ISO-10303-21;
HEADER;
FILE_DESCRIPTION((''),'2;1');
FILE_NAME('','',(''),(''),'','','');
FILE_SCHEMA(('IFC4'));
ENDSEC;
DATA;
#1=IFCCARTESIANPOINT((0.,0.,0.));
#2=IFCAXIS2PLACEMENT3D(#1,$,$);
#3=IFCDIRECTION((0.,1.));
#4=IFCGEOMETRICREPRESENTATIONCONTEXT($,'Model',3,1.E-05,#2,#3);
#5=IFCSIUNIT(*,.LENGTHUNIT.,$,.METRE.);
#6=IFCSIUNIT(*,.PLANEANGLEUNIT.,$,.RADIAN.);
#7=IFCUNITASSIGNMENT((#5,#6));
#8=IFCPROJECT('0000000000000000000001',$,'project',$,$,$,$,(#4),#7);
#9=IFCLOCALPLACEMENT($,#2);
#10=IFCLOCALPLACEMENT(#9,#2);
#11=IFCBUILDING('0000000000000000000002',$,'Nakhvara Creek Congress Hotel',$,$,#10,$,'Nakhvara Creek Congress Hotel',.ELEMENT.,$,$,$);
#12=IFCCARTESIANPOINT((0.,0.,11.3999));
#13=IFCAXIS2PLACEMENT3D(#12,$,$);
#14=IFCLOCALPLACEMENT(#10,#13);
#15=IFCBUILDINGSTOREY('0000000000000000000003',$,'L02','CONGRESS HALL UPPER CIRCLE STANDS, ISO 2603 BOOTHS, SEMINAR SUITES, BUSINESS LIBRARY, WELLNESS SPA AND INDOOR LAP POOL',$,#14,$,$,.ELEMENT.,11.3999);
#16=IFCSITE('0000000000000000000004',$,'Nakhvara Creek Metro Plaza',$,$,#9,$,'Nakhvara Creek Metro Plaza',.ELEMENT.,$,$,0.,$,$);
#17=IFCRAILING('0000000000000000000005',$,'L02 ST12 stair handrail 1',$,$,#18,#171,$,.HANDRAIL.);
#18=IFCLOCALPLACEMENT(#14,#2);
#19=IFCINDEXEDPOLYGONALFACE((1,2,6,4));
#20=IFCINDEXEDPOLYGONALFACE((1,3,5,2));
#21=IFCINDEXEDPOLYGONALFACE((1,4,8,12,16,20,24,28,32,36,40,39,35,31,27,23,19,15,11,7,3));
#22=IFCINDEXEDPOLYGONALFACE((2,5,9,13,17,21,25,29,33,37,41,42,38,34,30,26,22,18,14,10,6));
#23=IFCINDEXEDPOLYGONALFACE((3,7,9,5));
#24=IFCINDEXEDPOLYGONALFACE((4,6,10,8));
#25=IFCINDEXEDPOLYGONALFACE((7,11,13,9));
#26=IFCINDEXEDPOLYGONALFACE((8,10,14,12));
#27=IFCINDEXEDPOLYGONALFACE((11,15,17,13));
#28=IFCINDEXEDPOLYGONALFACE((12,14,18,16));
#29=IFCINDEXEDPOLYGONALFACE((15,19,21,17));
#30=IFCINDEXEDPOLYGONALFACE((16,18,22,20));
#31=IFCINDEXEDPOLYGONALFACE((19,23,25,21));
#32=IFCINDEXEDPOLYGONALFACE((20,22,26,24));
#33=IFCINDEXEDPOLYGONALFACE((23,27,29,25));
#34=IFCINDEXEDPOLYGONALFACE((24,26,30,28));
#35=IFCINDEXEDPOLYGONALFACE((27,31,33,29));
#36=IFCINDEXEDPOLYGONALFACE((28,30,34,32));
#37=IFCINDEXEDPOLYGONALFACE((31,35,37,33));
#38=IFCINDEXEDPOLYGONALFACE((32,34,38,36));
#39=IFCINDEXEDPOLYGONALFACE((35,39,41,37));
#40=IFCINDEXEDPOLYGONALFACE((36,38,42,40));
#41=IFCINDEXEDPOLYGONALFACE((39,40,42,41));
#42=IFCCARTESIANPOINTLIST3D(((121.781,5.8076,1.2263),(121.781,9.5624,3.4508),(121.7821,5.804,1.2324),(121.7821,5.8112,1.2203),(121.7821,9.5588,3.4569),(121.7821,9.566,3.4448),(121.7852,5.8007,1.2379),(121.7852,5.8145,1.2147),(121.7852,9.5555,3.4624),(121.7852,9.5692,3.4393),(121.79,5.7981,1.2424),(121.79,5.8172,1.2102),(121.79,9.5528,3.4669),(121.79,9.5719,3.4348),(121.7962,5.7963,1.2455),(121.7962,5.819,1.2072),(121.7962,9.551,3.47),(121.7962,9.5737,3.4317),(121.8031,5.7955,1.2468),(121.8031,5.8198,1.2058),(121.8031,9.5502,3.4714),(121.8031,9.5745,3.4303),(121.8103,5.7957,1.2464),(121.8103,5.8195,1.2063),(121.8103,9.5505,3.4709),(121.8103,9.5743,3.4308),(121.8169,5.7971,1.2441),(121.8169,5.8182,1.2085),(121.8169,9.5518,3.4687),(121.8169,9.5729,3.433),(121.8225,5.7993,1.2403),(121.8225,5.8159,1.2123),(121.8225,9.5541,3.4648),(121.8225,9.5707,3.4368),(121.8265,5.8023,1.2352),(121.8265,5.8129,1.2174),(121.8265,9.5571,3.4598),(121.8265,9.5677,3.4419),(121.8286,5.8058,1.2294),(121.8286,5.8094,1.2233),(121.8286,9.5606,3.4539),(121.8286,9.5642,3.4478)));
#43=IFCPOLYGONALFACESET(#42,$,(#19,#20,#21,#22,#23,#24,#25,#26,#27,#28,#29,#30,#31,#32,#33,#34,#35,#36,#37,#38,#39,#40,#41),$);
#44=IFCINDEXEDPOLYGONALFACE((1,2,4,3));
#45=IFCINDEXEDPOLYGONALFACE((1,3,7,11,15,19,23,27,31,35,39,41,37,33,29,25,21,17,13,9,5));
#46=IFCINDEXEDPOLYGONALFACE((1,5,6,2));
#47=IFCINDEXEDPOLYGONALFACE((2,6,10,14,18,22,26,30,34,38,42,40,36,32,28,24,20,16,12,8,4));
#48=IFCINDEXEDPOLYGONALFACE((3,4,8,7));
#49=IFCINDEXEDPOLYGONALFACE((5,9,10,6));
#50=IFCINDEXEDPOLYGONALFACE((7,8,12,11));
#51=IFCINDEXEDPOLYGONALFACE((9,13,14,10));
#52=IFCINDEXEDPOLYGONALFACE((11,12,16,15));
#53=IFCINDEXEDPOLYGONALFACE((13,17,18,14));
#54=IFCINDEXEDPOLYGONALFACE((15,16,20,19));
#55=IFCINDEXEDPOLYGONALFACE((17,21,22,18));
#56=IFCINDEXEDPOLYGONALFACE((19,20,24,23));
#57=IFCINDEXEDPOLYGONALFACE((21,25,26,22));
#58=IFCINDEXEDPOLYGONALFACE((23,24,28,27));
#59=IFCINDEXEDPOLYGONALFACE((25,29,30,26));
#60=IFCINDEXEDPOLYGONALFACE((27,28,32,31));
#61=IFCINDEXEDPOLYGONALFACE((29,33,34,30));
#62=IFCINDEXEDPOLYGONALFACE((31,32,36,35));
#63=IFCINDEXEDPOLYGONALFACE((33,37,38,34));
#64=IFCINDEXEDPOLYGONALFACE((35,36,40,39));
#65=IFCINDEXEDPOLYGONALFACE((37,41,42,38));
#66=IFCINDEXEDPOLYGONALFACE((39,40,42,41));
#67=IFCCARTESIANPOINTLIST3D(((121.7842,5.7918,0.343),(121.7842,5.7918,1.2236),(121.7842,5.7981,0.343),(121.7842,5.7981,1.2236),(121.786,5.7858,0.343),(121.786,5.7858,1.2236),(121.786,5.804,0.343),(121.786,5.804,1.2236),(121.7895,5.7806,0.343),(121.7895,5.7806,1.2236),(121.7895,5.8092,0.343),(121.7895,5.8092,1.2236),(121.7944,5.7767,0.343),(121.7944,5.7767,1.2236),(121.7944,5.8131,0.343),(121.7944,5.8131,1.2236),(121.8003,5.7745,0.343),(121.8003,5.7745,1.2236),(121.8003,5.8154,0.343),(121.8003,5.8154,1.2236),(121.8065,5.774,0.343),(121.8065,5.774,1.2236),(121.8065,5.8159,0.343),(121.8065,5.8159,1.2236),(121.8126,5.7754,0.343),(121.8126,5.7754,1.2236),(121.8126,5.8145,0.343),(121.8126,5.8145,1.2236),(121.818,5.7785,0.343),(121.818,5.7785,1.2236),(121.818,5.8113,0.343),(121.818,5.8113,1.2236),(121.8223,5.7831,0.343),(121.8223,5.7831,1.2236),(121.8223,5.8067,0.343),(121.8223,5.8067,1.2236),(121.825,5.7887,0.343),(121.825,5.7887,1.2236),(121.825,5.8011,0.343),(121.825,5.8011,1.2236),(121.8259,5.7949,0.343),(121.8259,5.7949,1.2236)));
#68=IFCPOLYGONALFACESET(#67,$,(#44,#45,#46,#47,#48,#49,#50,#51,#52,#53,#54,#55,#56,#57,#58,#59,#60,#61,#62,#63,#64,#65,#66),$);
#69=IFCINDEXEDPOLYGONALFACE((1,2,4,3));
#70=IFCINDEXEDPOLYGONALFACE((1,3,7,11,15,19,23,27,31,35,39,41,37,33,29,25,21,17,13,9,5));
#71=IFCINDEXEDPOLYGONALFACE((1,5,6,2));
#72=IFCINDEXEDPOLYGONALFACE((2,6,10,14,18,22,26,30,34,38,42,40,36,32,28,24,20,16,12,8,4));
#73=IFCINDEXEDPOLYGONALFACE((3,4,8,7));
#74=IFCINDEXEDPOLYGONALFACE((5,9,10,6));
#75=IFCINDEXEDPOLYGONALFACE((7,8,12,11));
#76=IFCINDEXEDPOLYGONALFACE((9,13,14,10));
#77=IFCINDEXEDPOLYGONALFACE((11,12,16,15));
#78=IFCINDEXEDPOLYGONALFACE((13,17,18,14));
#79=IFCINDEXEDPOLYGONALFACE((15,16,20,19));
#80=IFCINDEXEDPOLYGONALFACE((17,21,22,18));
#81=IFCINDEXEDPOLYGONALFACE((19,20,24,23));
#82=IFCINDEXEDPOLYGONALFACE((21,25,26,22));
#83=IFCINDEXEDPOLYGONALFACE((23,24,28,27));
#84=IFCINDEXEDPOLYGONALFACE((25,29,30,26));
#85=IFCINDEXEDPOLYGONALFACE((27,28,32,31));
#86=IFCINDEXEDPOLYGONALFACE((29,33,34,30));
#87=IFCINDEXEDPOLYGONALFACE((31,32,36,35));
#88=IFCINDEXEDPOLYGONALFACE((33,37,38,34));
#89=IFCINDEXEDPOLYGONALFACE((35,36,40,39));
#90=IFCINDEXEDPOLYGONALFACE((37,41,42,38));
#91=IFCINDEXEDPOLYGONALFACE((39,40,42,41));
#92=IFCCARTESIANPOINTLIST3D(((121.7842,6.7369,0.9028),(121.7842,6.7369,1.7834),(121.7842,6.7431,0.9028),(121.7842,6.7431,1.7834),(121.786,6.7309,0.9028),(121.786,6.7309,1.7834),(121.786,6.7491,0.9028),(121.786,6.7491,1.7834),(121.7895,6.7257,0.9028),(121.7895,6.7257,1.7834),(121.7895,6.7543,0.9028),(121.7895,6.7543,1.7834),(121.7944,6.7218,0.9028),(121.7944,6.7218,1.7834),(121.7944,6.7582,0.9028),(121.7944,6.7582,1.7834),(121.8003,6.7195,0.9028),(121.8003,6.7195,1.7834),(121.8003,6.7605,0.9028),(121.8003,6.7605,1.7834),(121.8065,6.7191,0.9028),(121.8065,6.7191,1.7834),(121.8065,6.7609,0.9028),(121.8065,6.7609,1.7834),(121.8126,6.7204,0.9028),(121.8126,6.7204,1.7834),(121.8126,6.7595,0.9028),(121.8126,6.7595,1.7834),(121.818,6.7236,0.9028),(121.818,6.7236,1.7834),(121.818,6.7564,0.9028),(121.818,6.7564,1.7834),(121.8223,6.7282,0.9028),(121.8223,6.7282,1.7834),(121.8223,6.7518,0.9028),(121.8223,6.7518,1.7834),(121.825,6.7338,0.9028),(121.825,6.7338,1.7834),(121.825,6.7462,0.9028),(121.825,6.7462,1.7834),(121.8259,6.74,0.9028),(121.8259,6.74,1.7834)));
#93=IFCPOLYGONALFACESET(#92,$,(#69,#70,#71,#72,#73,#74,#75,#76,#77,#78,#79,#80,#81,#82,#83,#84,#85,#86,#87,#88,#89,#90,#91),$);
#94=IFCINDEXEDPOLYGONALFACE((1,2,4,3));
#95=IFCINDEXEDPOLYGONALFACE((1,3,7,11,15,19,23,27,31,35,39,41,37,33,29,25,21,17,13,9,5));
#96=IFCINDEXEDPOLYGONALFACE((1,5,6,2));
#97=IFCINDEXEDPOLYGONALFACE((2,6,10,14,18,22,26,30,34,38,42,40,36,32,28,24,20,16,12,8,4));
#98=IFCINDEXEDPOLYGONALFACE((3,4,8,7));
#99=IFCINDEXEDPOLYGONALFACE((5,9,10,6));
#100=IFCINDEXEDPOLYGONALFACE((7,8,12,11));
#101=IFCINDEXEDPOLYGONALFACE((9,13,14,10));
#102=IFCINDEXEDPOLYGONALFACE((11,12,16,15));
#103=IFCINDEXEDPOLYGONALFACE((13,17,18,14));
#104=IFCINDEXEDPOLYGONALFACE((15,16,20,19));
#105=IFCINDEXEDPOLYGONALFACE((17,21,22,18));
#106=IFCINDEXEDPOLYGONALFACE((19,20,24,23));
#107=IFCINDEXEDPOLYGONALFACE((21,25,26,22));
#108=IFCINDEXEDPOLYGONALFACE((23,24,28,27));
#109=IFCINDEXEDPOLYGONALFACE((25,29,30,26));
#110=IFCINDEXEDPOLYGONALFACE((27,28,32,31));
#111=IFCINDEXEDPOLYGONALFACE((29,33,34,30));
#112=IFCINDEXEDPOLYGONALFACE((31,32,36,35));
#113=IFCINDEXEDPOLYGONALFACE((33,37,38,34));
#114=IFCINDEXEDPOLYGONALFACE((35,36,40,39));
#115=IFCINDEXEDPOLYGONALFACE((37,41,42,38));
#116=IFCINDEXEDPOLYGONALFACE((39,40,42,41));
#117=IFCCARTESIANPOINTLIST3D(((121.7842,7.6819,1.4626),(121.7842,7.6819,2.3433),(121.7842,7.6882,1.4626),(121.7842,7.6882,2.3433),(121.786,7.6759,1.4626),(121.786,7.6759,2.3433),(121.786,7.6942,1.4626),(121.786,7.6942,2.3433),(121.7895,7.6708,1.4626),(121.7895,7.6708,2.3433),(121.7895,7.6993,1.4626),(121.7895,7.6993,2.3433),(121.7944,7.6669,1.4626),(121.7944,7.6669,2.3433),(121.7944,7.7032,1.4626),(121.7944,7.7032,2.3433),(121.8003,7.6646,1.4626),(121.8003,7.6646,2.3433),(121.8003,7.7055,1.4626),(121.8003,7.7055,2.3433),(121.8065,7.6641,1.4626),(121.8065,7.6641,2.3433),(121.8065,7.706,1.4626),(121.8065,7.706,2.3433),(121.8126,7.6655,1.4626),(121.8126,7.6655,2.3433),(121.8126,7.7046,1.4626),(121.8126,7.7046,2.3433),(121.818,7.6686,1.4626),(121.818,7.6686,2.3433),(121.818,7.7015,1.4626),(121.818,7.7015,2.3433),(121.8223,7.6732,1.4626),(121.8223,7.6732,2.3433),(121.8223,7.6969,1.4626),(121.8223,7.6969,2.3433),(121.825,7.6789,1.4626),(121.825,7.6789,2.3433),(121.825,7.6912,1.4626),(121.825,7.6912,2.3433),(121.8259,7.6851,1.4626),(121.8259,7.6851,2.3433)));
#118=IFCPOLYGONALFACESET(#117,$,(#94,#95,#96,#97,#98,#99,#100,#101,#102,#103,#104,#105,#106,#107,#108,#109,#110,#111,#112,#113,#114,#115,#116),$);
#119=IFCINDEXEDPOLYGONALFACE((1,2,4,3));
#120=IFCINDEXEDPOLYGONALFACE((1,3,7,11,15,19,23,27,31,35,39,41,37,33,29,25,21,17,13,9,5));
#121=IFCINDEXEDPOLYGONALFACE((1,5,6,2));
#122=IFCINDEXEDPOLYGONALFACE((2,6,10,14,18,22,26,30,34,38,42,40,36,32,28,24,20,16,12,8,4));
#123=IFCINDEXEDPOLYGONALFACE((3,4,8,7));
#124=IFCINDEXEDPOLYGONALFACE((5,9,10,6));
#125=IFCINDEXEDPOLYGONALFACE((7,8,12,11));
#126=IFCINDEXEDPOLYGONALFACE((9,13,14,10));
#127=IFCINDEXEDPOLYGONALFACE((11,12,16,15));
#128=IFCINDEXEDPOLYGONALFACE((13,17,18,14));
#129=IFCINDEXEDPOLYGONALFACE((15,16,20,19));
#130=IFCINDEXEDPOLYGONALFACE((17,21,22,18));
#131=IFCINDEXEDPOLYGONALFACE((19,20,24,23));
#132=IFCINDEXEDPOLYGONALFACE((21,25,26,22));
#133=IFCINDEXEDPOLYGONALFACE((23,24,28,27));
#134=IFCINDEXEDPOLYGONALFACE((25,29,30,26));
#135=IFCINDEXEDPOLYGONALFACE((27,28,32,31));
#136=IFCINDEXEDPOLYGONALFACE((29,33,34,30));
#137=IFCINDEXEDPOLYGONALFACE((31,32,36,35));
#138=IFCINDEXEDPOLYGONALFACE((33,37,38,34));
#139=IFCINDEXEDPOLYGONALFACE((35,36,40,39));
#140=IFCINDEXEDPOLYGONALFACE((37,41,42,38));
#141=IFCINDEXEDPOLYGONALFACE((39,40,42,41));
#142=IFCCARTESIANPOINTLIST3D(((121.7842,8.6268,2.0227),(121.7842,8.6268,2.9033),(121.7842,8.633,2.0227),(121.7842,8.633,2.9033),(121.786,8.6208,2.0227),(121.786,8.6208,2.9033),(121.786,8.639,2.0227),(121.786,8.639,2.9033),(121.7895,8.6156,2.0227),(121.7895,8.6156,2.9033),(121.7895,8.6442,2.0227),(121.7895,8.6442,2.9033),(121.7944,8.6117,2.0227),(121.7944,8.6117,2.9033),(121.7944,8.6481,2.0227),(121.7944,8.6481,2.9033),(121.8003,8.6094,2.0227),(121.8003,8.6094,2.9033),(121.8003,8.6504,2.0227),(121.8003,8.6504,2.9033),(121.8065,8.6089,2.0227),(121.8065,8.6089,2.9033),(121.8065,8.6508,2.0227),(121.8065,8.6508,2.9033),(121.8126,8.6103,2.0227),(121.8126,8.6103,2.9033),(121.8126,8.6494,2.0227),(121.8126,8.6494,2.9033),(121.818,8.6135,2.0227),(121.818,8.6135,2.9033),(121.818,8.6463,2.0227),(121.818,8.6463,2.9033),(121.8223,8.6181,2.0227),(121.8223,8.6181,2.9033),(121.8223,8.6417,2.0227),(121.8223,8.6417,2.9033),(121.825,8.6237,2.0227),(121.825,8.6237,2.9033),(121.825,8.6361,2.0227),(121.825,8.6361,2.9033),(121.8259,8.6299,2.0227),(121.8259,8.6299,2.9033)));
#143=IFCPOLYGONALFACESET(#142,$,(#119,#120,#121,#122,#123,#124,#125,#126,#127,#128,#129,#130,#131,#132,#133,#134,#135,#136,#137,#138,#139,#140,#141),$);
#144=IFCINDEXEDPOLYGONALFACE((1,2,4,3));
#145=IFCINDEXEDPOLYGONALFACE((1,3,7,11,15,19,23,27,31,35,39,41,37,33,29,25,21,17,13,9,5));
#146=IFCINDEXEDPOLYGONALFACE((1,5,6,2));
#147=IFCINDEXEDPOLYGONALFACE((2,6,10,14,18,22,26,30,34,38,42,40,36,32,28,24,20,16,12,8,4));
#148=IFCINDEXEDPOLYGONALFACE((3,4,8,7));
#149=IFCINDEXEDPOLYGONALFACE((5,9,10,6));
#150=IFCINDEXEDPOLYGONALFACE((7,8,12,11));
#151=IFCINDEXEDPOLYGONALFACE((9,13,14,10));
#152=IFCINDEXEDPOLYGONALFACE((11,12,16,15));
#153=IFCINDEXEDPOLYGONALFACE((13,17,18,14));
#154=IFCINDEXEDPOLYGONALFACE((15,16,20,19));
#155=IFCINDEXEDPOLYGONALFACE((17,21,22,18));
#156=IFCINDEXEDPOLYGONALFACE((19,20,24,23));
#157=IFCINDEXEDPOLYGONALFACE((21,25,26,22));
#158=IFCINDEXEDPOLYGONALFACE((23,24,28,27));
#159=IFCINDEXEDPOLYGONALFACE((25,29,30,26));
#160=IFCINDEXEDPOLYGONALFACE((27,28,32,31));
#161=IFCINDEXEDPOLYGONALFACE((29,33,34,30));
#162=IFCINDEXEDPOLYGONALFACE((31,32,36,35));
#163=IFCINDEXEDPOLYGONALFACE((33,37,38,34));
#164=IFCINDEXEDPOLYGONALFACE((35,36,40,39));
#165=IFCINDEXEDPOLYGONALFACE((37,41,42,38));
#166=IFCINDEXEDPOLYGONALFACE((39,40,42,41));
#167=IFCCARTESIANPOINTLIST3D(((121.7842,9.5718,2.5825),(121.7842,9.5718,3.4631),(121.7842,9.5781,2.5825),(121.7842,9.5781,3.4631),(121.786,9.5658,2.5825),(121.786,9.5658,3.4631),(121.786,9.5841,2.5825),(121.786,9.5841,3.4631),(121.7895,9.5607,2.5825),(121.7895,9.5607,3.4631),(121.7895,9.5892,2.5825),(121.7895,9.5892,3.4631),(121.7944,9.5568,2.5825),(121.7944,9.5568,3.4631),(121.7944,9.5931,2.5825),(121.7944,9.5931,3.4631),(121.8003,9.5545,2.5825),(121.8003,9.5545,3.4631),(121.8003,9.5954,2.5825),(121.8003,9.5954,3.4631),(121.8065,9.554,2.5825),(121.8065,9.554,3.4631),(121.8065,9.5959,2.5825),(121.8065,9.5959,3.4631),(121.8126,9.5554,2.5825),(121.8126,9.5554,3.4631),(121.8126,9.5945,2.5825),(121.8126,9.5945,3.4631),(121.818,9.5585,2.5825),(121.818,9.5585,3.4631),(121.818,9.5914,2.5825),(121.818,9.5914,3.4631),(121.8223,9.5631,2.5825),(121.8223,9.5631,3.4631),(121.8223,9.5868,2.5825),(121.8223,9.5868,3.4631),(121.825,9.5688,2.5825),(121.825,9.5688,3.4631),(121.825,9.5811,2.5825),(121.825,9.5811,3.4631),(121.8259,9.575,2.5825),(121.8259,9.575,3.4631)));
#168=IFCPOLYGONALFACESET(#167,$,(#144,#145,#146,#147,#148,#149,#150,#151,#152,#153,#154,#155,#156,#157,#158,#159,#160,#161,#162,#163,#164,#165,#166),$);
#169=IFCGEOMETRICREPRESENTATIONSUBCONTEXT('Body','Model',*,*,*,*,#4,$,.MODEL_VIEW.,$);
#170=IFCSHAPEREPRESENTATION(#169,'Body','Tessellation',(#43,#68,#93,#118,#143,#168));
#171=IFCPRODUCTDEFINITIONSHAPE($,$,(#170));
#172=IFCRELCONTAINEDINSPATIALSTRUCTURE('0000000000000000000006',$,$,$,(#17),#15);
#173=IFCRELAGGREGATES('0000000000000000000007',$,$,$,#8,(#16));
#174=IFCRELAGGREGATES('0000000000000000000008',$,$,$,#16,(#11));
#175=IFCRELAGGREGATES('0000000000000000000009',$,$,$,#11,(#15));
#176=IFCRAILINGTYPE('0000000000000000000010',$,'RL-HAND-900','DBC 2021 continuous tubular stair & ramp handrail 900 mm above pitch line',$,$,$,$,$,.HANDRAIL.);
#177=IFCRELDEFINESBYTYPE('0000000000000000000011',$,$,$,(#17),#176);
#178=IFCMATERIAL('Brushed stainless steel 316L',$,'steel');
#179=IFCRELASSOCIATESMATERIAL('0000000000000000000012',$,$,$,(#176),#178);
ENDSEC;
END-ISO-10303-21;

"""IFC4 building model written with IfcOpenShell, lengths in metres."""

from ifc_helpers import new_model, si_unit, direction, frame, origin, origin_2d, place, context, subcontext, project, spatial, circle, extrude, material, type_object, element, save


model = new_model("IFC4")

# Units and contexts
model_context = context("Model", 3, precision=1e-05, world=origin(), true_north=direction((0.0, 1.0)))
body_context = subcontext(model_context, "Body", "Model", "MODEL_VIEW")
ifc_project = project(units=[si_unit("LENGTHUNIT", "METRE"), si_unit("PLANEANGLEUNIT", "RADIAN")], contexts=[model_context])

# Site, building, storey
site_placement = place(None, origin())
site = spatial("IfcSite", under=ifc_project, at=site_placement, Name="Nakhvara Creek Metro Plaza", LongName="Nakhvara Creek Metro Plaza", CompositionType="ELEMENT", RefElevation=0.0)
building_placement = place(site_placement, origin())
building = spatial("IfcBuilding", under=site, at=building_placement, Name="Nakhvara Creek Congress Hotel", LongName="Nakhvara Creek Congress Hotel", CompositionType="ELEMENT")
storey_placement = place(building_placement, frame((0.0, 0.0, 11.3999)))
storey = spatial("IfcBuildingStorey", under=building, at=storey_placement, Name="L02", Description="CONGRESS HALL UPPER CIRCLE STANDS, ISO 2603 BOOTHS, SEMINAR SUITES, BUSINESS LIBRARY, WELLNESS SPA AND INDOOR LAP POOL", CompositionType="ELEMENT", Elevation=11.3999)

# Railing
ifc_material_1 = material(Name="Brushed stainless steel 316L", Category="steel")
railing_type_1 = type_object("IfcRailingType", Name="RL-HAND-900", Description="DBC 2021 continuous tubular stair & ramp handrail 900 mm above pitch line", PredefinedType="HANDRAIL", material=ifc_material_1)
railing_1_placement = place(storey_placement, frame((121.8049, 5.7949, 0.343)))
element("IfcRailing", 1, at=railing_1_placement, inside=storey, type_object=railing_type_1, Name="L02 ST12 stair handrail 1", PredefinedType="HANDRAIL", context=body_context, shape_type="SweptSolid", body=[
    extrude(circle(Radius=0.0239, at=origin_2d()), frame((0.0, 0.0127, 0.8833), z_axis=(0.0, 0.860343, 0.509716), x_axis=(-1.0, 0.0, 0.0)), (0.0, 0.0, 1.0), 4.3643),
    extrude(circle(Radius=0.021, at=origin_2d()), origin(), (0.0, 0.0, 1.0), 0.8806),
    extrude(circle(Radius=0.021, at=origin_2d()), frame((0.0, 0.9451, 0.5598)), (0.0, 0.0, 1.0), 0.8806),
    extrude(circle(Radius=0.021, at=origin_2d()), frame((0.0, 1.8901, 1.1196)), (0.0, 0.0, 1.0), 0.8806),
    extrude(circle(Radius=0.021, at=origin_2d()), frame((0.0, 2.835, 1.6797)), (0.0, 0.0, 1.0), 0.8806),
    extrude(circle(Radius=0.021, at=origin_2d()), frame((0.0, 3.78, 2.2395)), (0.0, 0.0, 1.0), 0.8806),
])

save(model, "model.ifc")
